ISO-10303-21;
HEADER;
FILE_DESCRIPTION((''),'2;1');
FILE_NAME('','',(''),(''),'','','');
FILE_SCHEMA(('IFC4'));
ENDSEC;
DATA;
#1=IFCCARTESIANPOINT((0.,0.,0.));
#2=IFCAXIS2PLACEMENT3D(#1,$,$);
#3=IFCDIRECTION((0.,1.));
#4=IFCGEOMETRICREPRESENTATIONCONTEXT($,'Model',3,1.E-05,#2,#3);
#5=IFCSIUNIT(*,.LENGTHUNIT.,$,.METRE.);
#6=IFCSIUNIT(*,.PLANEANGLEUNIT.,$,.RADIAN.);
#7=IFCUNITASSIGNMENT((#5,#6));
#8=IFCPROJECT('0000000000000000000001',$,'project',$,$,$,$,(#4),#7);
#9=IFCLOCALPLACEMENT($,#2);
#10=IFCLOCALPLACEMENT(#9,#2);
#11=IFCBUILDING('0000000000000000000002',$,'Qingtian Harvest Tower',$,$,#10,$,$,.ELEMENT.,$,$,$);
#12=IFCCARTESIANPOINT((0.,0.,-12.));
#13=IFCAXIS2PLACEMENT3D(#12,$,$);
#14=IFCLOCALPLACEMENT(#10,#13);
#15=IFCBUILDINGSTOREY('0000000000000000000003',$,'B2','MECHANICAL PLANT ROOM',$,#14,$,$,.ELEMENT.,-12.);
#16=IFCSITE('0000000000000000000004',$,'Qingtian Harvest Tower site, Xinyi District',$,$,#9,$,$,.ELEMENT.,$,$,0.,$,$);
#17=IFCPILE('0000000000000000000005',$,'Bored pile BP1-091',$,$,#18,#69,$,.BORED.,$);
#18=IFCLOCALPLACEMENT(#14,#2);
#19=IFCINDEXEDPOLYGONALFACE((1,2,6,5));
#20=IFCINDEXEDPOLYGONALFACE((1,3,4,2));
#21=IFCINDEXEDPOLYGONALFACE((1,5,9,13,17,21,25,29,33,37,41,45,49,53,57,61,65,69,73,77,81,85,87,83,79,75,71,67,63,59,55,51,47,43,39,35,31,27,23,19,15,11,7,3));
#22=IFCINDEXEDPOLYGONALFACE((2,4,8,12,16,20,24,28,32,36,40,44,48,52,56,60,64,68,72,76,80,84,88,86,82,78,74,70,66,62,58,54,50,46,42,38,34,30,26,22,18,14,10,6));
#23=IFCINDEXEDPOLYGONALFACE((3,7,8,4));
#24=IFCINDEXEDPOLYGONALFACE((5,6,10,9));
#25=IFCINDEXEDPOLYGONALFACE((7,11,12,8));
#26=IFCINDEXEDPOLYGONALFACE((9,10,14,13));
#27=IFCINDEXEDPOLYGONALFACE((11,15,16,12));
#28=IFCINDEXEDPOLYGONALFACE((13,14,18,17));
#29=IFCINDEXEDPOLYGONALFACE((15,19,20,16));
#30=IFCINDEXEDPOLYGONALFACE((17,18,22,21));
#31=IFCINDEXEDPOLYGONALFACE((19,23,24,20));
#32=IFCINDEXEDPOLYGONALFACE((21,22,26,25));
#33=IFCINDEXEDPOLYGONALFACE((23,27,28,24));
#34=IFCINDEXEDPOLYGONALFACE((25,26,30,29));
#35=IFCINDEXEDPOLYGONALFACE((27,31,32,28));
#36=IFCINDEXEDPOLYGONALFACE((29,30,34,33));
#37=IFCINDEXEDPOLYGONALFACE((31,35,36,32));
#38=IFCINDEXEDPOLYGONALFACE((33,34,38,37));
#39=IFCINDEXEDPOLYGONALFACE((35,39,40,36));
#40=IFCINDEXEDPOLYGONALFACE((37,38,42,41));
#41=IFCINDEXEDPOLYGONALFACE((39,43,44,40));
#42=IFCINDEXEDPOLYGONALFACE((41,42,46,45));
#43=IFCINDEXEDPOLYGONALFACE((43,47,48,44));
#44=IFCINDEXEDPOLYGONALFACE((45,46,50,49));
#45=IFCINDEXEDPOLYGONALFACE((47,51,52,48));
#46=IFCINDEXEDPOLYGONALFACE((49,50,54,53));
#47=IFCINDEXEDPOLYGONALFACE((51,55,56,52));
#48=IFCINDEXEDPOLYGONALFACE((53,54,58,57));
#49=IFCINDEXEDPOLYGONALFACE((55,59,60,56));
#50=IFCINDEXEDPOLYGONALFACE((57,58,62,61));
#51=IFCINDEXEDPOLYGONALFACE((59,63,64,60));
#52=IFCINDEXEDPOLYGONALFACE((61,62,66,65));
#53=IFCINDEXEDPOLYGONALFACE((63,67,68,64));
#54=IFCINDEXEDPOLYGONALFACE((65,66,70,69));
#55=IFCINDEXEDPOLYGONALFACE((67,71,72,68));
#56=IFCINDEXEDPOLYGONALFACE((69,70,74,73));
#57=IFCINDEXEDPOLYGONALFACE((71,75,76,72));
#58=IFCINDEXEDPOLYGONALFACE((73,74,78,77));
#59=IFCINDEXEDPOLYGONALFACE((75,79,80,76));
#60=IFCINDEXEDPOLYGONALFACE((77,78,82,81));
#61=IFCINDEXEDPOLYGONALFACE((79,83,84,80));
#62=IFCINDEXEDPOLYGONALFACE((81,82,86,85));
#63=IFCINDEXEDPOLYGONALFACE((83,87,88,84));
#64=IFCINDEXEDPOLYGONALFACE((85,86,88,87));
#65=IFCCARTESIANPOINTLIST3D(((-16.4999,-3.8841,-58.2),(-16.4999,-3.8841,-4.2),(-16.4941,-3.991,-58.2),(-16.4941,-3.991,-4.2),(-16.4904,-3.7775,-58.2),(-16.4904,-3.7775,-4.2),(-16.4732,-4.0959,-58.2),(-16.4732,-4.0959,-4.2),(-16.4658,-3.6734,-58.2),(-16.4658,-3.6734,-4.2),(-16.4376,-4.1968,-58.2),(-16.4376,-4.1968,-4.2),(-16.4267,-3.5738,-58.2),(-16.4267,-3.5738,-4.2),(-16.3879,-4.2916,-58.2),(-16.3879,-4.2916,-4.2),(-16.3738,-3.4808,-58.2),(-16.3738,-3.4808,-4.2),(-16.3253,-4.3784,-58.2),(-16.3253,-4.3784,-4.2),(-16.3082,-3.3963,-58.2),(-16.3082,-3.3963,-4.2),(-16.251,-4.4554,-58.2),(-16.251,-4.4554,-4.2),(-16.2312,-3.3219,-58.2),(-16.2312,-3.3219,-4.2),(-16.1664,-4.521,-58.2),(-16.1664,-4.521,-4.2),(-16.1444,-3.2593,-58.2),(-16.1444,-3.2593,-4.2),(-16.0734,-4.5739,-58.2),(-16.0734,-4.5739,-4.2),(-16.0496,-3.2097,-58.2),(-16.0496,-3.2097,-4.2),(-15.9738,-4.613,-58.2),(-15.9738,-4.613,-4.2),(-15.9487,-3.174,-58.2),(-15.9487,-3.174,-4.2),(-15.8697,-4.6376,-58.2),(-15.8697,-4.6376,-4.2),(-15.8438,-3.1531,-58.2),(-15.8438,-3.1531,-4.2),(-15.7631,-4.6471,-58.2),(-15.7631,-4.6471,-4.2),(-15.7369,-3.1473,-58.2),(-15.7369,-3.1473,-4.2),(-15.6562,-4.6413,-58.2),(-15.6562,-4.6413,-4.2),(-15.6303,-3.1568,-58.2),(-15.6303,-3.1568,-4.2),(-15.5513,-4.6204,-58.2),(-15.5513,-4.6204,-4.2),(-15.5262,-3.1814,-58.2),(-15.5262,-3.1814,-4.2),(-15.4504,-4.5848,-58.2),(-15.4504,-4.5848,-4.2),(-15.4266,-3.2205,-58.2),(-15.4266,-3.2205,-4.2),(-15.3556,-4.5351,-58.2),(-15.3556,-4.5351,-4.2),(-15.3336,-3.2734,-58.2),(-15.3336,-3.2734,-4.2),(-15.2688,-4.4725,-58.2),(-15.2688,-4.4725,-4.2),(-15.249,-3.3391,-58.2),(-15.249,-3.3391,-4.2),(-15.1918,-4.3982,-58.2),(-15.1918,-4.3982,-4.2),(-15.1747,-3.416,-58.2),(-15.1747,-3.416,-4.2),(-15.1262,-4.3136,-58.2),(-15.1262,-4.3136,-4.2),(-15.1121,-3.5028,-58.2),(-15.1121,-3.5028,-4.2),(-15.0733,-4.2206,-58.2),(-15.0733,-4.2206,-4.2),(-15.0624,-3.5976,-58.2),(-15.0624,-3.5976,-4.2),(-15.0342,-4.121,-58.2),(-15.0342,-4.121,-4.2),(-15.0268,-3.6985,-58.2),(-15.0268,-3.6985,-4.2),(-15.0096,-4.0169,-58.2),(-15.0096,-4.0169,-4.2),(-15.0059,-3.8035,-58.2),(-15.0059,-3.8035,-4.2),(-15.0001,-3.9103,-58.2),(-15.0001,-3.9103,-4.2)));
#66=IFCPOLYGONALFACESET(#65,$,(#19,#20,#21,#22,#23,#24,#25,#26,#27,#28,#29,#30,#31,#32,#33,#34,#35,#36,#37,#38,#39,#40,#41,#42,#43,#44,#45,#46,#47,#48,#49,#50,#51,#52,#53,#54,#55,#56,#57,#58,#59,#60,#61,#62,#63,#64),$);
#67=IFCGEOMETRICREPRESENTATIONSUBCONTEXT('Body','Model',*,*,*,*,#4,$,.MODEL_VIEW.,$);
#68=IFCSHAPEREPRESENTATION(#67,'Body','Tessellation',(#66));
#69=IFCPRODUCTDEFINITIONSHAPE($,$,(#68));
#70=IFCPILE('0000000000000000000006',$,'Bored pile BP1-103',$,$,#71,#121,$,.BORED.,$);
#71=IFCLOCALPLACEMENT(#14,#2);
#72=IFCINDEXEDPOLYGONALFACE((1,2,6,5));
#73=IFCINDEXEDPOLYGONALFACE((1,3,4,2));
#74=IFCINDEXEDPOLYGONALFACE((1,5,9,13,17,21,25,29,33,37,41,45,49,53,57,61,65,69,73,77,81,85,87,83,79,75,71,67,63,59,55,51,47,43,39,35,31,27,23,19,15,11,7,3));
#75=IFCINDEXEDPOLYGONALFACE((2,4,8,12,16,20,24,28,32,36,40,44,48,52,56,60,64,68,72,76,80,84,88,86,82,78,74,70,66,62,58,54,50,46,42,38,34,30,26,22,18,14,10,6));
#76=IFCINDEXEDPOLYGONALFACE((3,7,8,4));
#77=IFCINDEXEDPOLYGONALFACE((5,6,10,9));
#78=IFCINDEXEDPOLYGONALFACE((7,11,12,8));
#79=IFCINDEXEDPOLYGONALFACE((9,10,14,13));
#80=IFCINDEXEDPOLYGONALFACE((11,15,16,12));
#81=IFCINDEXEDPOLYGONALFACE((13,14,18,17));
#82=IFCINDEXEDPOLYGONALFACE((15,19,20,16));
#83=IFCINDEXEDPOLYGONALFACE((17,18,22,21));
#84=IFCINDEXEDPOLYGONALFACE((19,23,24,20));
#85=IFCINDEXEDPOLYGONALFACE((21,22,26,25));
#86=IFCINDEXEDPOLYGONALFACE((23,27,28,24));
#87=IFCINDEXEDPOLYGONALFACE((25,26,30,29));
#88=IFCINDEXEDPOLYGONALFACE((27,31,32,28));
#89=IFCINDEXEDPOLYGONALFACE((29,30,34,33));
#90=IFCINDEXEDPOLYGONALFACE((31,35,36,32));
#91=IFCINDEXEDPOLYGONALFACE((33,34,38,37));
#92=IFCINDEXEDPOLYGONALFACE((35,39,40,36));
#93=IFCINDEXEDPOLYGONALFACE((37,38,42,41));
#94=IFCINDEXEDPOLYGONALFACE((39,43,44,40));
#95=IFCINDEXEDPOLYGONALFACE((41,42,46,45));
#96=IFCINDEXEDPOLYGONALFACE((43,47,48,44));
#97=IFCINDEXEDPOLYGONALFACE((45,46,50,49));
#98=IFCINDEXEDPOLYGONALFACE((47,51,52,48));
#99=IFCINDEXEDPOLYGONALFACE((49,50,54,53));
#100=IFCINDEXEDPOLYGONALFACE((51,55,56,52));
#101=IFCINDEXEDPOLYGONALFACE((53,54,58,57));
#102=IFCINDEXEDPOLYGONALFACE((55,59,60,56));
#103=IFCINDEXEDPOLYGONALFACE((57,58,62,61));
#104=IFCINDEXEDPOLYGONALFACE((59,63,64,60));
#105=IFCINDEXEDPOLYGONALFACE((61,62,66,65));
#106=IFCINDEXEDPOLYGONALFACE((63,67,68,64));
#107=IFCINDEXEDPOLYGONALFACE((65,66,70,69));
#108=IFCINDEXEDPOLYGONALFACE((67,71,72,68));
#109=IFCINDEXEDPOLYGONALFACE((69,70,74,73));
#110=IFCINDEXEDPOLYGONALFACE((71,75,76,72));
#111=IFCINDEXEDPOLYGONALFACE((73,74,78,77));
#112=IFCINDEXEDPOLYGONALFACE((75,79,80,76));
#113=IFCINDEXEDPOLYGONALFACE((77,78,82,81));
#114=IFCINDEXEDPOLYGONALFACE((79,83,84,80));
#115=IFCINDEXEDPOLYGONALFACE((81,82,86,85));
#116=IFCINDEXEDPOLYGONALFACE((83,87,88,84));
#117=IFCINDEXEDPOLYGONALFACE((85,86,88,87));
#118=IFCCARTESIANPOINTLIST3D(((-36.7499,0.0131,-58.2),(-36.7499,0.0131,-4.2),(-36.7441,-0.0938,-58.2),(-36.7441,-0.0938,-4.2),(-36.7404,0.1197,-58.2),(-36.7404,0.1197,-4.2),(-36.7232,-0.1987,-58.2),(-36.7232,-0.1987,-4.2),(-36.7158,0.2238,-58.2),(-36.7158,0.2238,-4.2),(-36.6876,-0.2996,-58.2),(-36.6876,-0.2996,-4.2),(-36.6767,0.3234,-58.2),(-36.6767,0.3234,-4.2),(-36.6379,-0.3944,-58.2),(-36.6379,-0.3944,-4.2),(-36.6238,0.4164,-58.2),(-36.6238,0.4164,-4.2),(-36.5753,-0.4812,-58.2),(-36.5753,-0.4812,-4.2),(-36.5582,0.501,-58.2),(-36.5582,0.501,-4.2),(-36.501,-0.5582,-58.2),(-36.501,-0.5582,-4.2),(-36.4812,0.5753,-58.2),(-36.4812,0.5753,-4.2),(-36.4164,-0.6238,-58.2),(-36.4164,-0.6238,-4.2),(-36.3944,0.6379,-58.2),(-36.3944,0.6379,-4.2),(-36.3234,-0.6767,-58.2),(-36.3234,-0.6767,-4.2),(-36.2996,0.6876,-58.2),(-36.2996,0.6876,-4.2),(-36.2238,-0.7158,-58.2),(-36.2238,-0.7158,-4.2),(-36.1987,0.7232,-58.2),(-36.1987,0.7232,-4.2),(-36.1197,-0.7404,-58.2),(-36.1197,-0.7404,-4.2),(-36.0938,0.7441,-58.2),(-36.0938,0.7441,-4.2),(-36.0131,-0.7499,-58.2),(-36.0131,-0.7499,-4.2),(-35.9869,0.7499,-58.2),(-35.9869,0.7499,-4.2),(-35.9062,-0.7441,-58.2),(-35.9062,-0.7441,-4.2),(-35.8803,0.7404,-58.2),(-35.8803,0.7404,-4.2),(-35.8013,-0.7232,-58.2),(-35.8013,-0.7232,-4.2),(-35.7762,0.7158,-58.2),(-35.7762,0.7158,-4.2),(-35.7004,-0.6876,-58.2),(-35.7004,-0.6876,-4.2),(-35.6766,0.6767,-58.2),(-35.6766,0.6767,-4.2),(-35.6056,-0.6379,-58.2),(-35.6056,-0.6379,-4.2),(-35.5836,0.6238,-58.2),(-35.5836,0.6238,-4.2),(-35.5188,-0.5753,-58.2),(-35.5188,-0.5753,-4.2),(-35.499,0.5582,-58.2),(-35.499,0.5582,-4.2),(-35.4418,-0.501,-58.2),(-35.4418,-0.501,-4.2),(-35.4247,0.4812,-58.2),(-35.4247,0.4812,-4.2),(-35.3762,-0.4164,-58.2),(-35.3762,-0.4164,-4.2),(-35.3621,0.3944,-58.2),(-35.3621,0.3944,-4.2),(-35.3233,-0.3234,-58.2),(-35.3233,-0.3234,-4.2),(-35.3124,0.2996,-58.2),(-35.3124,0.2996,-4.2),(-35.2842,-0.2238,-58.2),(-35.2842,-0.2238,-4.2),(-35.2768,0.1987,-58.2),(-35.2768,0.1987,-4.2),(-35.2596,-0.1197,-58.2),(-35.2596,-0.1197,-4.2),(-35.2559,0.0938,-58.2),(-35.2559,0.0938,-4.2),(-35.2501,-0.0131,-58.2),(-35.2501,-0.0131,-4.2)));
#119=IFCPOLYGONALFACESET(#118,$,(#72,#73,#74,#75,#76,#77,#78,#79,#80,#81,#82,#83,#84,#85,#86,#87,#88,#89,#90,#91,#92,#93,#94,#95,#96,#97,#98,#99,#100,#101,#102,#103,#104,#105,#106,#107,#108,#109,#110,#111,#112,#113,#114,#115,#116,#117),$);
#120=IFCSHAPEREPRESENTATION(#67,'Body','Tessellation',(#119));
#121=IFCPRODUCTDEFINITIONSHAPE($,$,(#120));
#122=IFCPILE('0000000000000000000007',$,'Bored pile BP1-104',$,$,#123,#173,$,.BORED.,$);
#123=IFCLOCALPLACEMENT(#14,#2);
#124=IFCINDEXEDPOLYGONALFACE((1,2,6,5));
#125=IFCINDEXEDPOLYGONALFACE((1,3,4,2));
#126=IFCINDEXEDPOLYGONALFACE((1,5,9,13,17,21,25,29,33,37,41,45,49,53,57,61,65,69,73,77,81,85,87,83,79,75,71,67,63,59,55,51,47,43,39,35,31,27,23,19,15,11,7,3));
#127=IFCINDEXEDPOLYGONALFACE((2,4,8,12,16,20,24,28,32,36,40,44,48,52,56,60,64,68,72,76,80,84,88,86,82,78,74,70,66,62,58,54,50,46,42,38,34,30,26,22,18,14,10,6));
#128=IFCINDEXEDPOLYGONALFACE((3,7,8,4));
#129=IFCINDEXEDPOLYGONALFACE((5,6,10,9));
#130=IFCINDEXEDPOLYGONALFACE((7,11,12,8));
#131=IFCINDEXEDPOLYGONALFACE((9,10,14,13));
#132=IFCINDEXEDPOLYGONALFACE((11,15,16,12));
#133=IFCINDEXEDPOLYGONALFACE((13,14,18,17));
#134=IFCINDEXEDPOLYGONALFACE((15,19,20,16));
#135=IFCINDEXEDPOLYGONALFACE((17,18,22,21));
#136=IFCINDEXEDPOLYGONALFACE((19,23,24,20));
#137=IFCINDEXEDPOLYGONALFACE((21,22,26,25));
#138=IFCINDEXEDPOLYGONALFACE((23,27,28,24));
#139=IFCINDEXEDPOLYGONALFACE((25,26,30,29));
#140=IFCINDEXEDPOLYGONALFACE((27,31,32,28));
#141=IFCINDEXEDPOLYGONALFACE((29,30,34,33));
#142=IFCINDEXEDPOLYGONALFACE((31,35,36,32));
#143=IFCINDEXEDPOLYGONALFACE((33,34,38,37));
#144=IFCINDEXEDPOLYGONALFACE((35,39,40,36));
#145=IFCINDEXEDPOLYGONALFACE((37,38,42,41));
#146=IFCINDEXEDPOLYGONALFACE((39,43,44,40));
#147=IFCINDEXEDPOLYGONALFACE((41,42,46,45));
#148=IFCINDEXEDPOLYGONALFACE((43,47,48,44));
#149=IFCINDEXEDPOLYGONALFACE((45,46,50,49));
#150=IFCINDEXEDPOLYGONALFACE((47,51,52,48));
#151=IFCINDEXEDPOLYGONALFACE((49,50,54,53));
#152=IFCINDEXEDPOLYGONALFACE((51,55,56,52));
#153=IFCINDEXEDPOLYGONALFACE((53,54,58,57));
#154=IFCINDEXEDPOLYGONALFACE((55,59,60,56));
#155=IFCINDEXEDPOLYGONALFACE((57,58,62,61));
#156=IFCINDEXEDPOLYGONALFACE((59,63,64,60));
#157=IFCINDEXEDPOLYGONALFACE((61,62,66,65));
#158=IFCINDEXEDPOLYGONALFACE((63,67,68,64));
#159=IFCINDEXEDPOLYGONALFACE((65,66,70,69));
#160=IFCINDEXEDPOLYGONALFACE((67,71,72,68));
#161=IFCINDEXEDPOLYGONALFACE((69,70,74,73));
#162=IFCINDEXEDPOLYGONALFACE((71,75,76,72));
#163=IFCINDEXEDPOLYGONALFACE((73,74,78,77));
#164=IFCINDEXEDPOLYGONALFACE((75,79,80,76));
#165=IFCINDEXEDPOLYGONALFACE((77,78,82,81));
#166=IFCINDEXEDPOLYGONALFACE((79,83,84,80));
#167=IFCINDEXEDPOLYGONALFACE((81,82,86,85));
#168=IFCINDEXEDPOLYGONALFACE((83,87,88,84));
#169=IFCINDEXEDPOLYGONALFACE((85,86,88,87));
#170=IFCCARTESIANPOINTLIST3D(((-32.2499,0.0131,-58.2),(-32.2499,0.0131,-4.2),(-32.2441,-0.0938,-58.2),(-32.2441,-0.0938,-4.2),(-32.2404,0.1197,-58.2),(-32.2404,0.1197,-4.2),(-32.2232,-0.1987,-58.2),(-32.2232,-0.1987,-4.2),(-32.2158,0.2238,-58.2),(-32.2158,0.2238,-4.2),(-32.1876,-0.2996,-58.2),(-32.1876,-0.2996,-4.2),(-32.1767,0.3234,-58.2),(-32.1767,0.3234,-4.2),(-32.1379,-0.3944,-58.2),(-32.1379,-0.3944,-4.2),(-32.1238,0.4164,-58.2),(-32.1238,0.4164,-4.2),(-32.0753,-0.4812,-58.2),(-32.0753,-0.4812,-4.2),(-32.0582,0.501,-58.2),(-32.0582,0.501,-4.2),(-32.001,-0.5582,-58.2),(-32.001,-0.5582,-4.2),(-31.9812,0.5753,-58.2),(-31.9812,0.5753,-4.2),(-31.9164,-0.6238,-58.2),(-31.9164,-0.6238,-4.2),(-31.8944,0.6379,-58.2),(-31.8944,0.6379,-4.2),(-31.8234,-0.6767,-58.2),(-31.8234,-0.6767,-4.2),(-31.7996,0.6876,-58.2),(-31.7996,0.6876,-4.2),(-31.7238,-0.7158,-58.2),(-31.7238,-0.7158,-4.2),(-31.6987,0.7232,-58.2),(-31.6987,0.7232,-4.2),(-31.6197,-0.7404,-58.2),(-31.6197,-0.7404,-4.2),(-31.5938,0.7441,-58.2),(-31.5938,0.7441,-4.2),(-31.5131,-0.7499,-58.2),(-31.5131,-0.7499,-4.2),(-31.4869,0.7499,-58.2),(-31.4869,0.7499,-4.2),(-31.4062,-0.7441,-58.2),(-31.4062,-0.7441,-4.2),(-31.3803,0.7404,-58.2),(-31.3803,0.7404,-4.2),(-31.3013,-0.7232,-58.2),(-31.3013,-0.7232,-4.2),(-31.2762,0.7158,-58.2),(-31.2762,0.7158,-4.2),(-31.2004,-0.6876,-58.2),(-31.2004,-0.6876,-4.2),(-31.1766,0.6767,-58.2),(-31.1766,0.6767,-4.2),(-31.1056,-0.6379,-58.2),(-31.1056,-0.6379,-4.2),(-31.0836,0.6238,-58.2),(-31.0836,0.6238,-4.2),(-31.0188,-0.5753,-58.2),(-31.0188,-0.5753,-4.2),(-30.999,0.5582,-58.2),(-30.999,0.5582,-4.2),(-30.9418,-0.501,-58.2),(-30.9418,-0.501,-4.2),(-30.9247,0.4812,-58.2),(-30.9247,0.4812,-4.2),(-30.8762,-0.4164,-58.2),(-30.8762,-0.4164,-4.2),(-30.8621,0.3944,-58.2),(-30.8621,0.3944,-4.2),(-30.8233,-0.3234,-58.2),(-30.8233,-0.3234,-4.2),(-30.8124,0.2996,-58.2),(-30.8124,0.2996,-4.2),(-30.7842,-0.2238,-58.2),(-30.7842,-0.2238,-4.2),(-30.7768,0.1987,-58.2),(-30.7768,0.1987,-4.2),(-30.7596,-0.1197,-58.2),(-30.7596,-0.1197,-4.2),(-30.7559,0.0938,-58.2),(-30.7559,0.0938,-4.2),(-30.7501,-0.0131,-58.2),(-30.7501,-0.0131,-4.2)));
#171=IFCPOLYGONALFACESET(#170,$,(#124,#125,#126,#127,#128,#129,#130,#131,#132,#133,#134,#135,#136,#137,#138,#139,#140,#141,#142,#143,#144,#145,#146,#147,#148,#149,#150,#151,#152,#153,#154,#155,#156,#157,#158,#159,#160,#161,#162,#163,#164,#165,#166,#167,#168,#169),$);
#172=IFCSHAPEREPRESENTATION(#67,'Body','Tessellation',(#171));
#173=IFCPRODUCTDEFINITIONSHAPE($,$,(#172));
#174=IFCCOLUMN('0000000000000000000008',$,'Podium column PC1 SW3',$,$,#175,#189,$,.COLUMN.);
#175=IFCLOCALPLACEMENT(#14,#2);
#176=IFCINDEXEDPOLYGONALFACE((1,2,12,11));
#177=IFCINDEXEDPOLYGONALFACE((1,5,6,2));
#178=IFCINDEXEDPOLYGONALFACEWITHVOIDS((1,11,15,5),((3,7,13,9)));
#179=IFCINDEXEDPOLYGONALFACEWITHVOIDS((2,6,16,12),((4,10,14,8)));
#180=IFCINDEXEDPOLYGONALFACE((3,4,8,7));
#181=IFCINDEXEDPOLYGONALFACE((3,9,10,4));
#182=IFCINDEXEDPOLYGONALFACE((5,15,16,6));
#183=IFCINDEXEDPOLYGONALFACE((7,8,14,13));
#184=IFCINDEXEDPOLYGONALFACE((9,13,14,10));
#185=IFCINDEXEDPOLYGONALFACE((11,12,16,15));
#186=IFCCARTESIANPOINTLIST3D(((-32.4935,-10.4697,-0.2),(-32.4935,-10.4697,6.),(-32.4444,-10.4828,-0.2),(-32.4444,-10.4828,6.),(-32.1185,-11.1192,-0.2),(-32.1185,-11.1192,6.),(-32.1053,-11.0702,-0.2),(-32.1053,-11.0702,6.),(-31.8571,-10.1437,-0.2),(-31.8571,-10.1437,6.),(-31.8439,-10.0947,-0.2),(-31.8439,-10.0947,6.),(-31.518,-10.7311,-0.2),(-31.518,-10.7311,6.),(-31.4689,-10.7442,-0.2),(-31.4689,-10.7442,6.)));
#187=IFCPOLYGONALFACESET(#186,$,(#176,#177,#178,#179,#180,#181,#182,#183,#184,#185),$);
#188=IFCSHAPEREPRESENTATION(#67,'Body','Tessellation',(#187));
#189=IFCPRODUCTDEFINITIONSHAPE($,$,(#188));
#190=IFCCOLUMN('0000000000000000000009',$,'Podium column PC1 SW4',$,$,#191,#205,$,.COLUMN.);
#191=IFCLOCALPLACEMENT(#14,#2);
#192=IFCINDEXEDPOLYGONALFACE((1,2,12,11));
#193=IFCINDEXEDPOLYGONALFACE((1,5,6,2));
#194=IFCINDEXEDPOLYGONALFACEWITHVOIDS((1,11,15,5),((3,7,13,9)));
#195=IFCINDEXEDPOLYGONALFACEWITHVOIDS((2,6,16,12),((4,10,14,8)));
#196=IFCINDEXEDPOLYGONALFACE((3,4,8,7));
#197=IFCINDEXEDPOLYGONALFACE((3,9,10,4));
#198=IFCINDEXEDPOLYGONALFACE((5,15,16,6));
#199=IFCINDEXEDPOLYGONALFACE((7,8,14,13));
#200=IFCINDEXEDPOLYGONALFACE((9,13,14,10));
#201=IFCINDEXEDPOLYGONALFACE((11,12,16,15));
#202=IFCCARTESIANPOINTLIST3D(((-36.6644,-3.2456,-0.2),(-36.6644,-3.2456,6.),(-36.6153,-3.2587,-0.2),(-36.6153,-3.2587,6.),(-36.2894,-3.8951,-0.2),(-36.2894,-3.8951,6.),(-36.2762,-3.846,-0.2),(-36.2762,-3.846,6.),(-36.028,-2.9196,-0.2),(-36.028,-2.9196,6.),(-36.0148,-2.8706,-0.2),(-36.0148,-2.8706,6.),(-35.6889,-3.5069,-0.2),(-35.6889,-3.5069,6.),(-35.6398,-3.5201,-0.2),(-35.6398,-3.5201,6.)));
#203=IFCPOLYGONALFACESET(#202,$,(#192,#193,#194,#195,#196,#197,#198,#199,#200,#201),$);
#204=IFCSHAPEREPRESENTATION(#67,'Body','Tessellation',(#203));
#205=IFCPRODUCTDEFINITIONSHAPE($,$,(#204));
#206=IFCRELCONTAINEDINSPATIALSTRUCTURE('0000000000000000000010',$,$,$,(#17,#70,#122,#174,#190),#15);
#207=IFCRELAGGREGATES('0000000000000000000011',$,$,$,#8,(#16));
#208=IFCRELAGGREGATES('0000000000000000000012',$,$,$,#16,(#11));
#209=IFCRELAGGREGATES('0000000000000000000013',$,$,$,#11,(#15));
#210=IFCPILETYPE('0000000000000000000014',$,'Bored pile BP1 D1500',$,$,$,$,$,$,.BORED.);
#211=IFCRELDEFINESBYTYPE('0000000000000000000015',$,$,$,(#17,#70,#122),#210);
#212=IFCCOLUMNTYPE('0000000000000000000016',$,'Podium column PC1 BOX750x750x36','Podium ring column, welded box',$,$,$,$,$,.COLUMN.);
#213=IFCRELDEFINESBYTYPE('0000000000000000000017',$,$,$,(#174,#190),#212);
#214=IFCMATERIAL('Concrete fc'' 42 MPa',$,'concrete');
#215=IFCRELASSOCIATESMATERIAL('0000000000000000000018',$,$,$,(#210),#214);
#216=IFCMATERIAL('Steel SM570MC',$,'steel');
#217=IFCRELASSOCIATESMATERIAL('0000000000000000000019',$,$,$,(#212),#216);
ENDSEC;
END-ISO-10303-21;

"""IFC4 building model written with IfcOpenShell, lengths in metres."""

from ifc_helpers import new_model, si_unit, direction, frame, frame_2d, origin, origin_2d, place, context, subcontext, project, spatial, hollow_rectangle, circle, extrude, material, material_profile, profile_set, type_object, element, save


model = new_model("IFC4")

# Units and contexts
model_context = context("Model", 3, precision=1e-05, world=origin(), true_north=direction((0.0, 1.0)))
body_context = subcontext(model_context, "Body", "Model", "MODEL_VIEW")
ifc_project = project(units=[si_unit("LENGTHUNIT", "METRE"), si_unit("PLANEANGLEUNIT", "RADIAN")], contexts=[model_context])

# Site, building, storey
site_placement = place(None, origin())
site = spatial("IfcSite", under=ifc_project, at=site_placement, Name="Qingtian Harvest Tower site, Xinyi District", CompositionType="ELEMENT", RefElevation=0.0)
building_placement = place(site_placement, origin())
building = spatial("IfcBuilding", under=site, at=building_placement, Name="Qingtian Harvest Tower", CompositionType="ELEMENT")
storey_placement = place(building_placement, frame((0.0, 0.0, -12.0)))
storey = spatial("IfcBuildingStorey", under=building, at=storey_placement, Name="B2", Description="MECHANICAL PLANT ROOM", CompositionType="ELEMENT", Elevation=-12.0)

# Piles
ifc_material_1 = material(Name="Concrete fc' 42 MPa", Category="concrete")
ifc_material_profile_1 = material_profile(ifc_material_1, circle(Radius=0.75, at=frame_2d((0.0, 0.0), x_axis=(0.999848, 0.017452))), Name="Bored pile BP1 D1500")
ifc_profile_set_1 = profile_set([ifc_material_profile_1], Name="Concrete fc' 42 MPa")
pile_type = type_object("IfcPileType", Name="Bored pile BP1 D1500", PredefinedType="BORED", material=ifc_profile_set_1)
for number, where, z_axis, x_axis, name in (
    (1, (-15.75, -3.8972, -4.2), (0.0, 0.0, -1.0), (1.0, 0.0, 0.0), "Bored pile BP1-091"),
    (2, (-36.0, 0.0, -4.2), (0.0, 0.0, -1.0), (1.0, 0.0, 0.0), "Bored pile BP1-103"),
    (3, (-31.5, 0.0, -4.2), (0.0, 0.0, -1.0), (1.0, 0.0, 0.0), "Bored pile BP1-104"),
):
    element("IfcPile", number, at=place(storey_placement, frame(where, z_axis=z_axis, x_axis=x_axis)), inside=storey, type_object=pile_type, Name=name, PredefinedType="BORED", context=body_context, shape_type="SweptSolid", body=[
        extrude(circle(Radius=0.75, at=frame_2d((0.0, 0.0), x_axis=(0.999848, 0.017452))), origin(), (0.0, 0.0, 1.0), 54.0),
    ])

# Columns
ifc_material_2 = material(Name="Steel SM570MC", Category="steel")
ifc_material_profile_2 = material_profile(ifc_material_2, hollow_rectangle(XDim=0.75, YDim=0.75, WallThickness=0.0359, at=origin_2d()), Name="BOX750x750x36")
ifc_profile_set_2 = profile_set([ifc_material_profile_2], Name="Steel SM570MC")
column_type_1 = type_object("IfcColumnType", Name="Podium column PC1 BOX750x750x36", Description="Podium ring column, welded box", PredefinedType="COLUMN", material=ifc_profile_set_2)
for number, where, z_axis, x_axis, name in (
    (4, (-31.9812, -10.6069, -0.2), (0.0, 0.0, 1.0), (0.5, -0.866025, 0.0), "Podium column PC1 SW3"),
    (5, (-36.1521, -3.3828, -0.2), (0.0, 0.0, 1.0), (0.5, -0.866025, 0.0), "Podium column PC1 SW4"),
):
    element("IfcColumn", number, at=place(storey_placement, frame(where, z_axis=z_axis, x_axis=x_axis)), inside=storey, type_object=column_type_1, Name=name, PredefinedType="COLUMN", context=body_context, shape_type="SweptSolid", body=[
        extrude(hollow_rectangle(XDim=0.75, YDim=0.75, WallThickness=0.0359, at=origin_2d()), origin(), (0.0, 0.0, 1.0), 6.2),
    ])

save(model, "model.ifc")
